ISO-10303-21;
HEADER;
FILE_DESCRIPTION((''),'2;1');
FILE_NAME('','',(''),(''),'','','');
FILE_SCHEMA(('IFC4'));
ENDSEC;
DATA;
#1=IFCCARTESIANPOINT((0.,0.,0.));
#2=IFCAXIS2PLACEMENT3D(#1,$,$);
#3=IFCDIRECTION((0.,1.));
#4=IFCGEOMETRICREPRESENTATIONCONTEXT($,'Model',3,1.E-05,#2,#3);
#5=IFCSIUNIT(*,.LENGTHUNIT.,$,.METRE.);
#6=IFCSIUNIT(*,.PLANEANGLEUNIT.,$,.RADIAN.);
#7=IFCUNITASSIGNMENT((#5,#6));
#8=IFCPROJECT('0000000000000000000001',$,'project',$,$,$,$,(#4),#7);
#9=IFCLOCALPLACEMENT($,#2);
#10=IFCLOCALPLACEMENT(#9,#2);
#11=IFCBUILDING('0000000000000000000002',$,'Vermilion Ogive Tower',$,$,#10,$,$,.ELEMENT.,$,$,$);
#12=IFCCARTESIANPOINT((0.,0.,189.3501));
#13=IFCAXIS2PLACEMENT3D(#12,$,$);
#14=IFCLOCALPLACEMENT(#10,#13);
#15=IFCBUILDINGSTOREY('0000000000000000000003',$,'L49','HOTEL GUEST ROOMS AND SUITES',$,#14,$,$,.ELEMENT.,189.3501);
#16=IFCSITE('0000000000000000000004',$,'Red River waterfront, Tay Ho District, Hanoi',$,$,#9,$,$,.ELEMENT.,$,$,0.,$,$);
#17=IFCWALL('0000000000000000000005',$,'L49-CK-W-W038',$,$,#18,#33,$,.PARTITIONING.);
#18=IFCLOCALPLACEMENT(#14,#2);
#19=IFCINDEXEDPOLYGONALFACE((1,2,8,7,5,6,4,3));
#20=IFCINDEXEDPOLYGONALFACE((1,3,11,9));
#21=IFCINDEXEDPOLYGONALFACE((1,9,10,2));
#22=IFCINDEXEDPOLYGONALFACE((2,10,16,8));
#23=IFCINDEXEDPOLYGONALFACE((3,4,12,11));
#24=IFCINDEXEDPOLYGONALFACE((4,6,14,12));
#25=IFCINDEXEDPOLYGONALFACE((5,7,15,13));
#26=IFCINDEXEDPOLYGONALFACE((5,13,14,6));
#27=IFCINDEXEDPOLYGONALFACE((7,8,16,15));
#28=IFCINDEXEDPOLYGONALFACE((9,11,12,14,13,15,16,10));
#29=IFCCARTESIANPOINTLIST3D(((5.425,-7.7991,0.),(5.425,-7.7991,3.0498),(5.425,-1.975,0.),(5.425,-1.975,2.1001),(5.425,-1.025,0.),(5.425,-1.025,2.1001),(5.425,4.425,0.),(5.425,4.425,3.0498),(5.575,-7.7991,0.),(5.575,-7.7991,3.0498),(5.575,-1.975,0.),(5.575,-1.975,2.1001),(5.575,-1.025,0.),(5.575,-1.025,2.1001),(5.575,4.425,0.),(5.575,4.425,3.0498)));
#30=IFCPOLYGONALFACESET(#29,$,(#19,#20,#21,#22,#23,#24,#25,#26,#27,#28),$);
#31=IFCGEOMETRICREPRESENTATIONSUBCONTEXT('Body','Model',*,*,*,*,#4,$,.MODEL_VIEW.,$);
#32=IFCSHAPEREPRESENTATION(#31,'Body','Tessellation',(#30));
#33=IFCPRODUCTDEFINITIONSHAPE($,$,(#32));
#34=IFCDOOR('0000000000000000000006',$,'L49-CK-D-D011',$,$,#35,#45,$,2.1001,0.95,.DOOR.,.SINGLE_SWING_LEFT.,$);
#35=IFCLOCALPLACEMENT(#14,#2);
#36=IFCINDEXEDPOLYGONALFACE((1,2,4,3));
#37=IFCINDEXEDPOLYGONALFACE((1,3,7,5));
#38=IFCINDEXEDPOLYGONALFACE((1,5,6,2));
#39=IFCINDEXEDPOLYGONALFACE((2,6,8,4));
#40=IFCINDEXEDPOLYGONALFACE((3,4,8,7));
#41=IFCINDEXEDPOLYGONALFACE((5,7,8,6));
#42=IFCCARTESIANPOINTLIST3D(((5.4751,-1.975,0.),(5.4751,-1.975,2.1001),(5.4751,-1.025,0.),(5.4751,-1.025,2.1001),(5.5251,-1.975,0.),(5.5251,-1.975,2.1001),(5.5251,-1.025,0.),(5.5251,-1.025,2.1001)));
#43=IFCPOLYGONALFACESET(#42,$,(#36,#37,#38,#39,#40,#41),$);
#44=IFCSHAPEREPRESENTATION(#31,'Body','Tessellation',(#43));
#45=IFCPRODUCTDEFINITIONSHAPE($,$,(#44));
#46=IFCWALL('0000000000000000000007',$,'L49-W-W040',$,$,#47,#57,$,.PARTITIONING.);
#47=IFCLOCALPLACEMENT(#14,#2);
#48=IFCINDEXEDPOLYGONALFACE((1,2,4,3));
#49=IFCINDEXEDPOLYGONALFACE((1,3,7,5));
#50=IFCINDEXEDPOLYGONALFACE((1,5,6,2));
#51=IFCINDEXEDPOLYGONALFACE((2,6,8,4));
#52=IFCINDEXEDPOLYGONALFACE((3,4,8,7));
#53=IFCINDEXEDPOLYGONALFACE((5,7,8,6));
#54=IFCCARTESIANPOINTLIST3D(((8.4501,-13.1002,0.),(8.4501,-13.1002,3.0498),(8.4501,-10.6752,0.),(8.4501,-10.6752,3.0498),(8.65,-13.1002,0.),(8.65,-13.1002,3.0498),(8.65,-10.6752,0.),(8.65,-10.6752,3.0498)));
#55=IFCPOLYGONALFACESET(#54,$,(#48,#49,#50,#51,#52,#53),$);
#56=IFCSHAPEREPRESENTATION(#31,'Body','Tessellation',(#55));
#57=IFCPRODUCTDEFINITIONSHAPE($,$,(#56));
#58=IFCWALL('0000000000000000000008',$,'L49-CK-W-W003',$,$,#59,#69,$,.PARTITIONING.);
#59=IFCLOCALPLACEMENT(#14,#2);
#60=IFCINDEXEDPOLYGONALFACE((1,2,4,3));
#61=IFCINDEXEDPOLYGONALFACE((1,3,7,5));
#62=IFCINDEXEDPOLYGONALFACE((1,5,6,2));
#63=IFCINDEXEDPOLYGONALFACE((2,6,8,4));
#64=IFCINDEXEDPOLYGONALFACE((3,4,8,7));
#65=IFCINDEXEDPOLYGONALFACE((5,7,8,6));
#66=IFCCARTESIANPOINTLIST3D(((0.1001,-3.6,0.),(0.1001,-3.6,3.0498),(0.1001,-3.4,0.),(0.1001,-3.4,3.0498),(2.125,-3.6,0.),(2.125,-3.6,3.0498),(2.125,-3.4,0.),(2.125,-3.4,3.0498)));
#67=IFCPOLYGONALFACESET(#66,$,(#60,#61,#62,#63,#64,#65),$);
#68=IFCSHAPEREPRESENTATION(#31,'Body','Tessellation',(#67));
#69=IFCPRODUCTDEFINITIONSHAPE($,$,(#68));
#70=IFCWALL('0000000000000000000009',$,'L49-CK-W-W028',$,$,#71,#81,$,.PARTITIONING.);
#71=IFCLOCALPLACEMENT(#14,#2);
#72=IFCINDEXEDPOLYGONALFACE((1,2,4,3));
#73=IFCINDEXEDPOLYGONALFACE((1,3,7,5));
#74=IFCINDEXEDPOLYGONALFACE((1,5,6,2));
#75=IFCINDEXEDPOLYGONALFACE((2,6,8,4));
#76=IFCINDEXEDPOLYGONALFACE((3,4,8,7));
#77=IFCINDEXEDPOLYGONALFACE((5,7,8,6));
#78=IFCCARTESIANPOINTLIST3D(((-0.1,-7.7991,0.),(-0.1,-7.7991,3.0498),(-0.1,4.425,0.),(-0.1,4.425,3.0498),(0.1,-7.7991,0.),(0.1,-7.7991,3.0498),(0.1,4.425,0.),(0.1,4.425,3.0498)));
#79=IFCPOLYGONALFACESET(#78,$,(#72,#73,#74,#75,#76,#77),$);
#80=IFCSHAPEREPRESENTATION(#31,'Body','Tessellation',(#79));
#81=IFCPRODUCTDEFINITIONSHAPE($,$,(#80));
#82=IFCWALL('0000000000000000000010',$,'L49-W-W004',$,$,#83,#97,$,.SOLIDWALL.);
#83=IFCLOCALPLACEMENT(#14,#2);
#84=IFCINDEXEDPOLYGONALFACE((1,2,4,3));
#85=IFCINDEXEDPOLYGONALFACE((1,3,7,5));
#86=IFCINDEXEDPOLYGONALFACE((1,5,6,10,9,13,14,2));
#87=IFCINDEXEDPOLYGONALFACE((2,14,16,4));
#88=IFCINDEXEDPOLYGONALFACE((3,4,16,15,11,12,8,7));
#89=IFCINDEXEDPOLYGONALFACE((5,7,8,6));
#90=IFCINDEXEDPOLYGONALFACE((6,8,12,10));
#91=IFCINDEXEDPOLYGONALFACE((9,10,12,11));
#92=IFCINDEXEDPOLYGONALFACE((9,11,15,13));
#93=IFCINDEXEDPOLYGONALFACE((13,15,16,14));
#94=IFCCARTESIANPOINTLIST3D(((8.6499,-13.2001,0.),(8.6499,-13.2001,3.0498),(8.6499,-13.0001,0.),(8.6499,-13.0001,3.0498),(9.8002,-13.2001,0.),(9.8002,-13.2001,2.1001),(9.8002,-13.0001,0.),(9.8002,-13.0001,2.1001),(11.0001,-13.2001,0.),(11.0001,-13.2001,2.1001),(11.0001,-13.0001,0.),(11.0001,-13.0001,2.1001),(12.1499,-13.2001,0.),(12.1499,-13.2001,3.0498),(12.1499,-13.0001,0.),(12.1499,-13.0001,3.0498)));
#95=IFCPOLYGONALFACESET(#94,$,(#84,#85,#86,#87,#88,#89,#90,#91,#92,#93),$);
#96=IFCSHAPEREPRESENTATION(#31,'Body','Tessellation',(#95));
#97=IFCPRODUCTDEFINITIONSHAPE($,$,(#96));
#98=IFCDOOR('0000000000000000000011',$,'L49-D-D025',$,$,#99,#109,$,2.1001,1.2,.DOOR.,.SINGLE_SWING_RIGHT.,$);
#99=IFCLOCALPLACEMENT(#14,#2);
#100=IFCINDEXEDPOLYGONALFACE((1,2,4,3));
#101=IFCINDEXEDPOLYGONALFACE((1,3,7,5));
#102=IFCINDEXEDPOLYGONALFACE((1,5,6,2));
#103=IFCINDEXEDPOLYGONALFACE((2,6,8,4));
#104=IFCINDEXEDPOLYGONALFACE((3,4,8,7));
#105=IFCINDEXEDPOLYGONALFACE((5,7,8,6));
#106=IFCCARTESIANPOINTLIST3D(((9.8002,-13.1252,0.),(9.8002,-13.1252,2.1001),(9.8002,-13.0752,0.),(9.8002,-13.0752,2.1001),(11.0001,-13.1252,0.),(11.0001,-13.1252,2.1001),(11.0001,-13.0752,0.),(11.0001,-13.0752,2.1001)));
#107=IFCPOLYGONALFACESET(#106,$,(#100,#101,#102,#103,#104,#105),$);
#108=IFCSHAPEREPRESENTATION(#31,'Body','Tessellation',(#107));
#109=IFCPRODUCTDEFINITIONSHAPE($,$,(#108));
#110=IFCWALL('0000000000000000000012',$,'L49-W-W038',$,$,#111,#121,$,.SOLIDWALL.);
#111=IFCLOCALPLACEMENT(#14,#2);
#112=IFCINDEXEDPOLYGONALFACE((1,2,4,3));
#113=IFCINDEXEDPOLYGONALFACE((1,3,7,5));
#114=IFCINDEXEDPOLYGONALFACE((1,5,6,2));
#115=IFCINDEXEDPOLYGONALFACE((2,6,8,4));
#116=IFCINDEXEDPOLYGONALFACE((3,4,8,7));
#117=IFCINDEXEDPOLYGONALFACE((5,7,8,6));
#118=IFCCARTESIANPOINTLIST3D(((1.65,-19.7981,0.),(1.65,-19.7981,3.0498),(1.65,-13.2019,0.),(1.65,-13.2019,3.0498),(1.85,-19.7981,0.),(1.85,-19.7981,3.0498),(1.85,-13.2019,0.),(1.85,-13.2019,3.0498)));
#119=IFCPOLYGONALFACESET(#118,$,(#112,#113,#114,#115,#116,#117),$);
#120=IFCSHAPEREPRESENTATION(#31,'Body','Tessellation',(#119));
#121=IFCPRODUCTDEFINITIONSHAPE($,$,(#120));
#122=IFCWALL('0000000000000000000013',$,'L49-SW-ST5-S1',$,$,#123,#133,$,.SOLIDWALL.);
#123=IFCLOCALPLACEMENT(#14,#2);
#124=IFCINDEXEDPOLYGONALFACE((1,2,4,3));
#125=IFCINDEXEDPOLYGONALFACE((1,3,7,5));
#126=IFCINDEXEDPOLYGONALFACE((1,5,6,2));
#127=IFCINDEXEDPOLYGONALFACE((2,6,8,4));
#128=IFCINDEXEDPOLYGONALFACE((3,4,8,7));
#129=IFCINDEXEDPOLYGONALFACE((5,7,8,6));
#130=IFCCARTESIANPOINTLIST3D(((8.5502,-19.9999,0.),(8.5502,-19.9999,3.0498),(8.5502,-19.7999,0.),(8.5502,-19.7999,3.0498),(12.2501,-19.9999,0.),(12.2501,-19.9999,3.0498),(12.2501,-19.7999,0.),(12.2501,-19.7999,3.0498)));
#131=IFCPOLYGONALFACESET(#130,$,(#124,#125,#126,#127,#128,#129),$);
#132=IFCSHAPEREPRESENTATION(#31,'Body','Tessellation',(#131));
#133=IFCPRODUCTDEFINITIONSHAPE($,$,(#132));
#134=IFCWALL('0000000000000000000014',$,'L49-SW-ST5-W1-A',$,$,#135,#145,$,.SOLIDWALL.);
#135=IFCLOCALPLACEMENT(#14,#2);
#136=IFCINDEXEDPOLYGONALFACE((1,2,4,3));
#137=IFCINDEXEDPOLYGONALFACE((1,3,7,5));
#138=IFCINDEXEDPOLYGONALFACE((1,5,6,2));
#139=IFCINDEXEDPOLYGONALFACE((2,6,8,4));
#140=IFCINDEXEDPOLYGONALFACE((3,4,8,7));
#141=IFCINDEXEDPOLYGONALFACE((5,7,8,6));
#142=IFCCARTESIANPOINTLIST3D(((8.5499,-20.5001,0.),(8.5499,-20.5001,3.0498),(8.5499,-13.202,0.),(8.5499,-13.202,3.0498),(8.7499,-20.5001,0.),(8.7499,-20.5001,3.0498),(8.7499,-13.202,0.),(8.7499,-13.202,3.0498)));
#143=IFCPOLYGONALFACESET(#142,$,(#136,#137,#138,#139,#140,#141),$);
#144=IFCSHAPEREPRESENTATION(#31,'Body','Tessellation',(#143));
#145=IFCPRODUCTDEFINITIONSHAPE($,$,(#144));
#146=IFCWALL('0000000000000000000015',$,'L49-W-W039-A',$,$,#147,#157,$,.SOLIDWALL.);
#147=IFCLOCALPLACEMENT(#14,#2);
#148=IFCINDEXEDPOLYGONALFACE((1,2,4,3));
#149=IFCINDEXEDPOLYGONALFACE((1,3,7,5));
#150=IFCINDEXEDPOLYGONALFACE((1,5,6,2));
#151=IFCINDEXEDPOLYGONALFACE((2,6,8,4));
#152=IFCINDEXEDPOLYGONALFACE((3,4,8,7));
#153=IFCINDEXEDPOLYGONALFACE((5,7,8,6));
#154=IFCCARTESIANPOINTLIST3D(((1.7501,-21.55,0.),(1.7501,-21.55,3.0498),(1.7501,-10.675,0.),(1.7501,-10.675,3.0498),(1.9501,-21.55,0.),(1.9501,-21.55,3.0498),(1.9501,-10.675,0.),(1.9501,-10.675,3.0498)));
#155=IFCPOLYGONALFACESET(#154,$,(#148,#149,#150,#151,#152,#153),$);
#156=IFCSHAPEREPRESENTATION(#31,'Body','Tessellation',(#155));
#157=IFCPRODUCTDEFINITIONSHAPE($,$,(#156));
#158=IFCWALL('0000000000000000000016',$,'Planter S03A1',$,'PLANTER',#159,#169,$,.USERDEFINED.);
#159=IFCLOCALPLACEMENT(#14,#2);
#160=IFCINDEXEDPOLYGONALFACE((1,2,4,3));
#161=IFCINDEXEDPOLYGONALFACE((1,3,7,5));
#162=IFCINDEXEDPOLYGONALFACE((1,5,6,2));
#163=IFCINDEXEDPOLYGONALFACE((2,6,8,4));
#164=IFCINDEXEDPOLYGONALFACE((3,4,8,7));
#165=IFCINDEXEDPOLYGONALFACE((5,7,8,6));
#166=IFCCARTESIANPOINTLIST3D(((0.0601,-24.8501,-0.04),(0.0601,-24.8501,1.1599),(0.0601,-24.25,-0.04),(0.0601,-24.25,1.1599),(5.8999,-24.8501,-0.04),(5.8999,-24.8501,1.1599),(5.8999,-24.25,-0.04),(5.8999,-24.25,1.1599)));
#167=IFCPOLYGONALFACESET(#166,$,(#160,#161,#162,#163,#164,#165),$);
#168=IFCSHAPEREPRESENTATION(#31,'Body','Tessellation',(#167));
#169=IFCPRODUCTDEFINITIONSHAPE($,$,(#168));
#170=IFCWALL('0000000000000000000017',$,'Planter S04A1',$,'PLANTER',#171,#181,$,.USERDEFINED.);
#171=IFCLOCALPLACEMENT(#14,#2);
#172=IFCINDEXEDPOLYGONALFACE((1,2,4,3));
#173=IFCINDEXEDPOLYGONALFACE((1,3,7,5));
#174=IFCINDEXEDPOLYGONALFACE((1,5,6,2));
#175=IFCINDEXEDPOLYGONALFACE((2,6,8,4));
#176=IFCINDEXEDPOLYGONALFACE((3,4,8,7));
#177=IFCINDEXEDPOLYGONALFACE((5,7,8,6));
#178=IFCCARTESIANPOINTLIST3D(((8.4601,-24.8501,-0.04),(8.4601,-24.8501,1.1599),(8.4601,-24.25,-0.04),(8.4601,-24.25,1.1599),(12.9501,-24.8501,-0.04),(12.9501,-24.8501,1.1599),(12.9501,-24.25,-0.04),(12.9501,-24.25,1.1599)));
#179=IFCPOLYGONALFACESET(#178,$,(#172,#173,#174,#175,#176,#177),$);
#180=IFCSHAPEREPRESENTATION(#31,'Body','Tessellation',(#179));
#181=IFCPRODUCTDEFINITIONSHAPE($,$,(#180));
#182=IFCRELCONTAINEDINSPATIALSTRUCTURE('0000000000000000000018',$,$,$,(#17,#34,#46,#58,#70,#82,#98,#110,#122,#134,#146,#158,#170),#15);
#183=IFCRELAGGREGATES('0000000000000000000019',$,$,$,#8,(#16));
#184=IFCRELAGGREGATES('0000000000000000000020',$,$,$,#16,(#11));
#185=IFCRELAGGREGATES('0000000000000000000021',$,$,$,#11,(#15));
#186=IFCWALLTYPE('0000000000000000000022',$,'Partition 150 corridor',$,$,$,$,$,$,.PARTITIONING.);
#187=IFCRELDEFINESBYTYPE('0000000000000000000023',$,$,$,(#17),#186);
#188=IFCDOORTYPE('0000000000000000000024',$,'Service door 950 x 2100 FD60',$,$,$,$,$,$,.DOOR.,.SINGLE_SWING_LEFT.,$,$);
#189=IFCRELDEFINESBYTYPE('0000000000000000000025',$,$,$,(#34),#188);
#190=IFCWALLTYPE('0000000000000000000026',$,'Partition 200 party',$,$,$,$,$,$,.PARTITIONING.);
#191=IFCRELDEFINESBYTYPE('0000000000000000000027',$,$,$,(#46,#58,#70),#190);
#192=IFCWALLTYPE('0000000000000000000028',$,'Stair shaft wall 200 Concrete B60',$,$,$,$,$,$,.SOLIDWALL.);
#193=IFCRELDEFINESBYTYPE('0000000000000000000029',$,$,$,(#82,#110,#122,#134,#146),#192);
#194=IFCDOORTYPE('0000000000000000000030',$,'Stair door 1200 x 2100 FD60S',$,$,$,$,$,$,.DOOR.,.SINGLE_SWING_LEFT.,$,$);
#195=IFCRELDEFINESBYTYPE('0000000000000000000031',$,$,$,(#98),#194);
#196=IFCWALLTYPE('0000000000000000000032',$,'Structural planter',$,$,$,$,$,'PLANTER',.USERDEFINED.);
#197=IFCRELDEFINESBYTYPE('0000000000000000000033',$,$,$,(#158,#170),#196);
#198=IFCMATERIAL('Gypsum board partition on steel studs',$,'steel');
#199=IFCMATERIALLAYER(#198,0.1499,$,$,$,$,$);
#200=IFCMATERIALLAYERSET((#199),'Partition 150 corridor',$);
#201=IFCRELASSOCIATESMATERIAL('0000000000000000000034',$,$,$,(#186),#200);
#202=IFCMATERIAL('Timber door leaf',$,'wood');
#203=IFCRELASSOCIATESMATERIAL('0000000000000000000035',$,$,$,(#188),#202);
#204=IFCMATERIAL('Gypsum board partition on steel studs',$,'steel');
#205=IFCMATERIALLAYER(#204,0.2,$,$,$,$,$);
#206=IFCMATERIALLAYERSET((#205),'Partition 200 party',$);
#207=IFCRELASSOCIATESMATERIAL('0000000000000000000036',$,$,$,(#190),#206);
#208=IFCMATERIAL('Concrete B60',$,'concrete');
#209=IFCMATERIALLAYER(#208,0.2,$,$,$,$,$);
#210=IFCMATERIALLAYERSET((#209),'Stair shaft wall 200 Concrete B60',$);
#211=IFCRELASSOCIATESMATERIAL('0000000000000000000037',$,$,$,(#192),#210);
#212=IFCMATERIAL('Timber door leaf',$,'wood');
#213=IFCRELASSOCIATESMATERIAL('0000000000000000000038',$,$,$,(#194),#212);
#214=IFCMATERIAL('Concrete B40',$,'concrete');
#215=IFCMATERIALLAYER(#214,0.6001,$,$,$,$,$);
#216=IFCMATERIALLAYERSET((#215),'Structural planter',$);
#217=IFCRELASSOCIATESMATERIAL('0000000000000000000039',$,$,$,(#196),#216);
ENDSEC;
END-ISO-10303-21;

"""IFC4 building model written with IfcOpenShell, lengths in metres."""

from ifc_helpers import new_model, si_unit, direction, frame, frame_2d, origin, place, context, subcontext, project, spatial, rectangle, extrude, material, layer, layer_set, type_object, element, fill, save


model = new_model("IFC4")

# Units and contexts
model_context = context("Model", 3, precision=1e-05, world=origin(), true_north=direction((0.0, 1.0)))
body_context = subcontext(model_context, "Body", "Model", "MODEL_VIEW")
ifc_project = project(units=[si_unit("LENGTHUNIT", "METRE"), si_unit("PLANEANGLEUNIT", "RADIAN")], contexts=[model_context])

# Site, building, storey
site_placement = place(None, origin())
site = spatial("IfcSite", under=ifc_project, at=site_placement, Name="Red River waterfront, Tay Ho District, Hanoi", CompositionType="ELEMENT", RefElevation=0.0)
building_placement = place(site_placement, origin())
building = spatial("IfcBuilding", under=site, at=building_placement, Name="Vermilion Ogive Tower", CompositionType="ELEMENT")
storey_placement = place(building_placement, frame((0.0, 0.0, 189.3501)))
storey = spatial("IfcBuildingStorey", under=building, at=storey_placement, Name="L49", Description="HOTEL GUEST ROOMS AND SUITES", CompositionType="ELEMENT", Elevation=189.3501)

# Shared definitions
ifc_material_1 = material(Name="Gypsum board partition on steel studs", Category="steel")
ifc_layer_1 = layer(ifc_material_1, 0.1499)
ifc_layer_set_1 = layer_set([ifc_layer_1], Name="Partition 150 corridor")
wall_type_1 = type_object("IfcWallType", Name="Partition 150 corridor", PredefinedType="PARTITIONING", material=ifc_layer_set_1)
ifc_material_2 = material(Name="Timber door leaf", Category="wood")
door_type_1 = type_object("IfcDoorType", Name="Service door 950 x 2100 FD60", OperationType="SINGLE_SWING_LEFT", PredefinedType="DOOR", material=ifc_material_2)

# Wall, opening, door
wall_1_placement = place(storey_placement, frame((5.5, -7.7991, 0.0), z_axis=(0.0, 0.0, 1.0), x_axis=(0.0, 1.0, 0.0)))
wall_1 = element("IfcWall", 1, at=wall_1_placement, inside=storey, type_object=wall_type_1, Name="L49-CK-W-W038", PredefinedType="PARTITIONING", context=body_context, shape_type="SweptSolid", body=[
    extrude(rectangle(XDim=12.2241, YDim=0.1499, at=frame_2d((6.1121, 0.0))), origin(), (0.0, 0.0, 1.0), 3.0498),
])
opening_1_placement = place(wall_1_placement, frame((5.824, 0.0, 0.0)))
opening_1 = element("IfcOpeningElement", 2, at=opening_1_placement, cuts=wall_1, PredefinedType="OPENING", context=body_context, shape_type="SweptSolid", body=[
    extrude(rectangle(XDim=0.95, YDim=2.1001, at=frame_2d((0.4751, 1.05))), frame((0.0, 0.085, 0.0), z_axis=(0.0, -1.0, 0.0), x_axis=(1.0, 0.0, 0.0)), (0.0, 0.0, 1.0), 0.1699),
])
door_1_placement = place(opening_1_placement, origin())
door_1 = element("IfcDoor", 3, at=door_1_placement, inside=storey, type_object=door_type_1, Name="L49-CK-D-D011", OperationType="SINGLE_SWING_LEFT", OverallHeight=2.1001, OverallWidth=0.95, PredefinedType="DOOR", context=body_context, shape_type="SweptSolid", body=[
    extrude(rectangle(XDim=0.95, YDim=2.1001, at=frame_2d((0.4751, 1.05))), frame((0.0, 0.0249, 0.0), z_axis=(0.0, -1.0, 0.0), x_axis=(1.0, 0.0, 0.0)), (0.0, 0.0, 1.0), 0.05),
])
fill(opening_1, door_1)

# Walls
ifc_material_3 = material(Name="Gypsum board partition on steel studs", Category="steel")
ifc_layer_2 = layer(ifc_material_3, 0.2)
ifc_layer_set_2 = layer_set([ifc_layer_2], Name="Partition 200 party")
wall_type_2 = type_object("IfcWallType", Name="Partition 200 party", PredefinedType="PARTITIONING", material=ifc_layer_set_2)
wall_2_placement = place(storey_placement, frame((8.55, -13.1001, 0.0), z_axis=(0.0, 0.0, 1.0), x_axis=(0.0, 1.0, 0.0)))
element("IfcWall", 4, at=wall_2_placement, inside=storey, type_object=wall_type_2, Name="L49-W-W040", PredefinedType="PARTITIONING", context=body_context, shape_type="SweptSolid", body=[
    extrude(rectangle(XDim=2.425, YDim=0.2, at=frame_2d((1.2124, 0.0))), origin(), (0.0, 0.0, 1.0), 3.0498),
])
wall_3_placement = place(storey_placement, frame((0.1001, -3.5, 0.0), z_axis=(0.0, 0.0, 1.0), x_axis=(1.0, 0.0, 0.0)))
element("IfcWall", 5, at=wall_3_placement, inside=storey, type_object=wall_type_2, Name="L49-CK-W-W003", PredefinedType="PARTITIONING", context=body_context, shape_type="SweptSolid", body=[
    extrude(rectangle(XDim=2.0249, YDim=0.2, at=frame_2d((1.0125, 0.0))), origin(), (0.0, 0.0, 1.0), 3.0498),
])
wall_4_placement = place(storey_placement, frame((0.0, -7.7991, 0.0), z_axis=(0.0, 0.0, 1.0), x_axis=(0.0, 1.0, 0.0)))
element("IfcWall", 6, at=wall_4_placement, inside=storey, type_object=wall_type_2, Name="L49-CK-W-W028", PredefinedType="PARTITIONING", context=body_context, shape_type="SweptSolid", body=[
    extrude(rectangle(XDim=12.2241, YDim=0.2, at=frame_2d((6.1121, 0.0))), origin(), (0.0, 0.0, 1.0), 3.0498),
])

# Wall, opening, door
ifc_material_4 = material(Name="Concrete B60", Category="concrete")
ifc_layer_3 = layer(ifc_material_4, 0.2)
ifc_layer_set_3 = layer_set([ifc_layer_3], Name="Stair shaft wall 200 Concrete B60")
wall_type_3 = type_object("IfcWallType", Name="Stair shaft wall 200 Concrete B60", PredefinedType="SOLIDWALL", material=ifc_layer_set_3)
wall_5_placement = place(storey_placement, frame((8.6499, -13.1001, 0.0), z_axis=(0.0, 0.0, 1.0), x_axis=(1.0, 0.0, 0.0)))
wall_5 = element("IfcWall", 7, at=wall_5_placement, inside=storey, type_object=wall_type_3, Name="L49-W-W004", PredefinedType="SOLIDWALL", context=body_context, shape_type="SweptSolid", body=[
    extrude(rectangle(XDim=3.5, YDim=0.2, at=frame_2d((1.75, 0.0))), origin(), (0.0, 0.0, 1.0), 3.0498),
])
opening_2_placement = place(wall_5_placement, frame((1.1501, 0.0, 0.0)))
opening_2 = element("IfcOpeningElement", 8, at=opening_2_placement, cuts=wall_5, PredefinedType="OPENING", context=body_context, shape_type="SweptSolid", body=[
    extrude(rectangle(XDim=1.2, YDim=2.1001, at=frame_2d((0.6001, 1.05))), frame((0.0, 0.1099, 0.0), z_axis=(0.0, -1.0, 0.0), x_axis=(1.0, 0.0, 0.0)), (0.0, 0.0, 1.0), 0.22),
])
ifc_material_5 = material(Name="Timber door leaf", Category="wood")
door_type_2 = type_object("IfcDoorType", Name="Stair door 1200 x 2100 FD60S", OperationType="SINGLE_SWING_LEFT", PredefinedType="DOOR", material=ifc_material_5)
door_2_placement = place(opening_2_placement, origin())
door_2 = element("IfcDoor", 9, at=door_2_placement, inside=storey, type_object=door_type_2, Name="L49-D-D025", OperationType="SINGLE_SWING_RIGHT", OverallHeight=2.1001, OverallWidth=1.2, PredefinedType="DOOR", context=body_context, shape_type="SweptSolid", body=[
    extrude(rectangle(XDim=1.2, YDim=2.1001, at=frame_2d((0.6001, 1.05))), frame((0.0, 0.0249, 0.0), z_axis=(0.0, -1.0, 0.0), x_axis=(1.0, 0.0, 0.0)), (0.0, 0.0, 1.0), 0.05),
])
fill(opening_2, door_2)

# Walls
wall_6_placement = place(storey_placement, frame((1.75, -19.7981, 0.0), z_axis=(0.0, 0.0, 1.0), x_axis=(0.0, 1.0, 0.0)))
element("IfcWall", 10, at=wall_6_placement, inside=storey, type_object=wall_type_3, Name="L49-W-W038", PredefinedType="SOLIDWALL", context=body_context, shape_type="SweptSolid", body=[
    extrude(rectangle(XDim=6.5962, YDim=0.2, at=frame_2d((3.2981, 0.0))), origin(), (0.0, 0.0, 1.0), 3.0498),
])
wall_7_placement = place(storey_placement, frame((8.55, -19.8999, 0.0), z_axis=(0.0, 0.0, 1.0), x_axis=(1.0, 0.0, 0.0)))
element("IfcWall", 11, at=wall_7_placement, inside=storey, type_object=wall_type_3, Name="L49-SW-ST5-S1", PredefinedType="SOLIDWALL", context=body_context, shape_type="SweptSolid", body=[
    extrude(rectangle(XDim=3.7, YDim=0.2, at=frame_2d((1.8501, 0.0))), origin(), (0.0, 0.0, 1.0), 3.0498),
])
wall_8_placement = place(storey_placement, frame((8.6499, -20.5, 0.0), z_axis=(0.0, 0.0, 1.0), x_axis=(0.0, 1.0, 0.0)))
element("IfcWall", 12, at=wall_8_placement, inside=storey, type_object=wall_type_3, Name="L49-SW-ST5-W1-A", PredefinedType="SOLIDWALL", context=body_context, shape_type="SweptSolid", body=[
    extrude(rectangle(XDim=7.2981, YDim=0.2, at=frame_2d((3.6489, 0.0))), origin(), (0.0, 0.0, 1.0), 3.0498),
])
wall_9_placement = place(storey_placement, frame((1.8501, -21.55, 0.0), z_axis=(0.0, 0.0, 1.0), x_axis=(0.0, 1.0, 0.0)))
element("IfcWall", 13, at=wall_9_placement, inside=storey, type_object=wall_type_3, Name="L49-W-W039-A", PredefinedType="SOLIDWALL", context=body_context, shape_type="SweptSolid", body=[
    extrude(rectangle(XDim=10.875, YDim=0.2, at=frame_2d((5.4375, 0.0))), origin(), (0.0, 0.0, 1.0), 3.0498),
])
ifc_material_6 = material(Name="Concrete B40", Category="concrete")
ifc_layer_4 = layer(ifc_material_6, 0.6001)
ifc_layer_set_4 = layer_set([ifc_layer_4], Name="Structural planter")
wall_type_4 = type_object("IfcWallType", Name="Structural planter", ElementType="PLANTER", PredefinedType="USERDEFINED", material=ifc_layer_set_4)
wall_10_placement = place(storey_placement, frame((0.0601, -24.55, -0.04), z_axis=(0.0, 0.0, 1.0), x_axis=(1.0, 0.0, 0.0)))
element("IfcWall", 14, at=wall_10_placement, inside=storey, type_object=wall_type_4, Name="Planter S03A1", ObjectType="PLANTER", PredefinedType="USERDEFINED", context=body_context, shape_type="SweptSolid", body=[
    extrude(rectangle(XDim=5.8398, YDim=0.6001, at=frame_2d((2.9199, 0.0))), origin(), (0.0, 0.0, 1.0), 1.2),
])
wall_11_placement = place(storey_placement, frame((8.46, -24.55, -0.04), z_axis=(0.0, 0.0, 1.0), x_axis=(1.0, 0.0, 0.0)))
element("IfcWall", 15, at=wall_11_placement, inside=storey, type_object=wall_type_4, Name="Planter S04A1", ObjectType="PLANTER", PredefinedType="USERDEFINED", context=body_context, shape_type="SweptSolid", body=[
    extrude(rectangle(XDim=4.49, YDim=0.6001, at=frame_2d((2.2451, 0.0))), origin(), (0.0, 0.0, 1.0), 1.2),
])

save(model, "model.ifc")
